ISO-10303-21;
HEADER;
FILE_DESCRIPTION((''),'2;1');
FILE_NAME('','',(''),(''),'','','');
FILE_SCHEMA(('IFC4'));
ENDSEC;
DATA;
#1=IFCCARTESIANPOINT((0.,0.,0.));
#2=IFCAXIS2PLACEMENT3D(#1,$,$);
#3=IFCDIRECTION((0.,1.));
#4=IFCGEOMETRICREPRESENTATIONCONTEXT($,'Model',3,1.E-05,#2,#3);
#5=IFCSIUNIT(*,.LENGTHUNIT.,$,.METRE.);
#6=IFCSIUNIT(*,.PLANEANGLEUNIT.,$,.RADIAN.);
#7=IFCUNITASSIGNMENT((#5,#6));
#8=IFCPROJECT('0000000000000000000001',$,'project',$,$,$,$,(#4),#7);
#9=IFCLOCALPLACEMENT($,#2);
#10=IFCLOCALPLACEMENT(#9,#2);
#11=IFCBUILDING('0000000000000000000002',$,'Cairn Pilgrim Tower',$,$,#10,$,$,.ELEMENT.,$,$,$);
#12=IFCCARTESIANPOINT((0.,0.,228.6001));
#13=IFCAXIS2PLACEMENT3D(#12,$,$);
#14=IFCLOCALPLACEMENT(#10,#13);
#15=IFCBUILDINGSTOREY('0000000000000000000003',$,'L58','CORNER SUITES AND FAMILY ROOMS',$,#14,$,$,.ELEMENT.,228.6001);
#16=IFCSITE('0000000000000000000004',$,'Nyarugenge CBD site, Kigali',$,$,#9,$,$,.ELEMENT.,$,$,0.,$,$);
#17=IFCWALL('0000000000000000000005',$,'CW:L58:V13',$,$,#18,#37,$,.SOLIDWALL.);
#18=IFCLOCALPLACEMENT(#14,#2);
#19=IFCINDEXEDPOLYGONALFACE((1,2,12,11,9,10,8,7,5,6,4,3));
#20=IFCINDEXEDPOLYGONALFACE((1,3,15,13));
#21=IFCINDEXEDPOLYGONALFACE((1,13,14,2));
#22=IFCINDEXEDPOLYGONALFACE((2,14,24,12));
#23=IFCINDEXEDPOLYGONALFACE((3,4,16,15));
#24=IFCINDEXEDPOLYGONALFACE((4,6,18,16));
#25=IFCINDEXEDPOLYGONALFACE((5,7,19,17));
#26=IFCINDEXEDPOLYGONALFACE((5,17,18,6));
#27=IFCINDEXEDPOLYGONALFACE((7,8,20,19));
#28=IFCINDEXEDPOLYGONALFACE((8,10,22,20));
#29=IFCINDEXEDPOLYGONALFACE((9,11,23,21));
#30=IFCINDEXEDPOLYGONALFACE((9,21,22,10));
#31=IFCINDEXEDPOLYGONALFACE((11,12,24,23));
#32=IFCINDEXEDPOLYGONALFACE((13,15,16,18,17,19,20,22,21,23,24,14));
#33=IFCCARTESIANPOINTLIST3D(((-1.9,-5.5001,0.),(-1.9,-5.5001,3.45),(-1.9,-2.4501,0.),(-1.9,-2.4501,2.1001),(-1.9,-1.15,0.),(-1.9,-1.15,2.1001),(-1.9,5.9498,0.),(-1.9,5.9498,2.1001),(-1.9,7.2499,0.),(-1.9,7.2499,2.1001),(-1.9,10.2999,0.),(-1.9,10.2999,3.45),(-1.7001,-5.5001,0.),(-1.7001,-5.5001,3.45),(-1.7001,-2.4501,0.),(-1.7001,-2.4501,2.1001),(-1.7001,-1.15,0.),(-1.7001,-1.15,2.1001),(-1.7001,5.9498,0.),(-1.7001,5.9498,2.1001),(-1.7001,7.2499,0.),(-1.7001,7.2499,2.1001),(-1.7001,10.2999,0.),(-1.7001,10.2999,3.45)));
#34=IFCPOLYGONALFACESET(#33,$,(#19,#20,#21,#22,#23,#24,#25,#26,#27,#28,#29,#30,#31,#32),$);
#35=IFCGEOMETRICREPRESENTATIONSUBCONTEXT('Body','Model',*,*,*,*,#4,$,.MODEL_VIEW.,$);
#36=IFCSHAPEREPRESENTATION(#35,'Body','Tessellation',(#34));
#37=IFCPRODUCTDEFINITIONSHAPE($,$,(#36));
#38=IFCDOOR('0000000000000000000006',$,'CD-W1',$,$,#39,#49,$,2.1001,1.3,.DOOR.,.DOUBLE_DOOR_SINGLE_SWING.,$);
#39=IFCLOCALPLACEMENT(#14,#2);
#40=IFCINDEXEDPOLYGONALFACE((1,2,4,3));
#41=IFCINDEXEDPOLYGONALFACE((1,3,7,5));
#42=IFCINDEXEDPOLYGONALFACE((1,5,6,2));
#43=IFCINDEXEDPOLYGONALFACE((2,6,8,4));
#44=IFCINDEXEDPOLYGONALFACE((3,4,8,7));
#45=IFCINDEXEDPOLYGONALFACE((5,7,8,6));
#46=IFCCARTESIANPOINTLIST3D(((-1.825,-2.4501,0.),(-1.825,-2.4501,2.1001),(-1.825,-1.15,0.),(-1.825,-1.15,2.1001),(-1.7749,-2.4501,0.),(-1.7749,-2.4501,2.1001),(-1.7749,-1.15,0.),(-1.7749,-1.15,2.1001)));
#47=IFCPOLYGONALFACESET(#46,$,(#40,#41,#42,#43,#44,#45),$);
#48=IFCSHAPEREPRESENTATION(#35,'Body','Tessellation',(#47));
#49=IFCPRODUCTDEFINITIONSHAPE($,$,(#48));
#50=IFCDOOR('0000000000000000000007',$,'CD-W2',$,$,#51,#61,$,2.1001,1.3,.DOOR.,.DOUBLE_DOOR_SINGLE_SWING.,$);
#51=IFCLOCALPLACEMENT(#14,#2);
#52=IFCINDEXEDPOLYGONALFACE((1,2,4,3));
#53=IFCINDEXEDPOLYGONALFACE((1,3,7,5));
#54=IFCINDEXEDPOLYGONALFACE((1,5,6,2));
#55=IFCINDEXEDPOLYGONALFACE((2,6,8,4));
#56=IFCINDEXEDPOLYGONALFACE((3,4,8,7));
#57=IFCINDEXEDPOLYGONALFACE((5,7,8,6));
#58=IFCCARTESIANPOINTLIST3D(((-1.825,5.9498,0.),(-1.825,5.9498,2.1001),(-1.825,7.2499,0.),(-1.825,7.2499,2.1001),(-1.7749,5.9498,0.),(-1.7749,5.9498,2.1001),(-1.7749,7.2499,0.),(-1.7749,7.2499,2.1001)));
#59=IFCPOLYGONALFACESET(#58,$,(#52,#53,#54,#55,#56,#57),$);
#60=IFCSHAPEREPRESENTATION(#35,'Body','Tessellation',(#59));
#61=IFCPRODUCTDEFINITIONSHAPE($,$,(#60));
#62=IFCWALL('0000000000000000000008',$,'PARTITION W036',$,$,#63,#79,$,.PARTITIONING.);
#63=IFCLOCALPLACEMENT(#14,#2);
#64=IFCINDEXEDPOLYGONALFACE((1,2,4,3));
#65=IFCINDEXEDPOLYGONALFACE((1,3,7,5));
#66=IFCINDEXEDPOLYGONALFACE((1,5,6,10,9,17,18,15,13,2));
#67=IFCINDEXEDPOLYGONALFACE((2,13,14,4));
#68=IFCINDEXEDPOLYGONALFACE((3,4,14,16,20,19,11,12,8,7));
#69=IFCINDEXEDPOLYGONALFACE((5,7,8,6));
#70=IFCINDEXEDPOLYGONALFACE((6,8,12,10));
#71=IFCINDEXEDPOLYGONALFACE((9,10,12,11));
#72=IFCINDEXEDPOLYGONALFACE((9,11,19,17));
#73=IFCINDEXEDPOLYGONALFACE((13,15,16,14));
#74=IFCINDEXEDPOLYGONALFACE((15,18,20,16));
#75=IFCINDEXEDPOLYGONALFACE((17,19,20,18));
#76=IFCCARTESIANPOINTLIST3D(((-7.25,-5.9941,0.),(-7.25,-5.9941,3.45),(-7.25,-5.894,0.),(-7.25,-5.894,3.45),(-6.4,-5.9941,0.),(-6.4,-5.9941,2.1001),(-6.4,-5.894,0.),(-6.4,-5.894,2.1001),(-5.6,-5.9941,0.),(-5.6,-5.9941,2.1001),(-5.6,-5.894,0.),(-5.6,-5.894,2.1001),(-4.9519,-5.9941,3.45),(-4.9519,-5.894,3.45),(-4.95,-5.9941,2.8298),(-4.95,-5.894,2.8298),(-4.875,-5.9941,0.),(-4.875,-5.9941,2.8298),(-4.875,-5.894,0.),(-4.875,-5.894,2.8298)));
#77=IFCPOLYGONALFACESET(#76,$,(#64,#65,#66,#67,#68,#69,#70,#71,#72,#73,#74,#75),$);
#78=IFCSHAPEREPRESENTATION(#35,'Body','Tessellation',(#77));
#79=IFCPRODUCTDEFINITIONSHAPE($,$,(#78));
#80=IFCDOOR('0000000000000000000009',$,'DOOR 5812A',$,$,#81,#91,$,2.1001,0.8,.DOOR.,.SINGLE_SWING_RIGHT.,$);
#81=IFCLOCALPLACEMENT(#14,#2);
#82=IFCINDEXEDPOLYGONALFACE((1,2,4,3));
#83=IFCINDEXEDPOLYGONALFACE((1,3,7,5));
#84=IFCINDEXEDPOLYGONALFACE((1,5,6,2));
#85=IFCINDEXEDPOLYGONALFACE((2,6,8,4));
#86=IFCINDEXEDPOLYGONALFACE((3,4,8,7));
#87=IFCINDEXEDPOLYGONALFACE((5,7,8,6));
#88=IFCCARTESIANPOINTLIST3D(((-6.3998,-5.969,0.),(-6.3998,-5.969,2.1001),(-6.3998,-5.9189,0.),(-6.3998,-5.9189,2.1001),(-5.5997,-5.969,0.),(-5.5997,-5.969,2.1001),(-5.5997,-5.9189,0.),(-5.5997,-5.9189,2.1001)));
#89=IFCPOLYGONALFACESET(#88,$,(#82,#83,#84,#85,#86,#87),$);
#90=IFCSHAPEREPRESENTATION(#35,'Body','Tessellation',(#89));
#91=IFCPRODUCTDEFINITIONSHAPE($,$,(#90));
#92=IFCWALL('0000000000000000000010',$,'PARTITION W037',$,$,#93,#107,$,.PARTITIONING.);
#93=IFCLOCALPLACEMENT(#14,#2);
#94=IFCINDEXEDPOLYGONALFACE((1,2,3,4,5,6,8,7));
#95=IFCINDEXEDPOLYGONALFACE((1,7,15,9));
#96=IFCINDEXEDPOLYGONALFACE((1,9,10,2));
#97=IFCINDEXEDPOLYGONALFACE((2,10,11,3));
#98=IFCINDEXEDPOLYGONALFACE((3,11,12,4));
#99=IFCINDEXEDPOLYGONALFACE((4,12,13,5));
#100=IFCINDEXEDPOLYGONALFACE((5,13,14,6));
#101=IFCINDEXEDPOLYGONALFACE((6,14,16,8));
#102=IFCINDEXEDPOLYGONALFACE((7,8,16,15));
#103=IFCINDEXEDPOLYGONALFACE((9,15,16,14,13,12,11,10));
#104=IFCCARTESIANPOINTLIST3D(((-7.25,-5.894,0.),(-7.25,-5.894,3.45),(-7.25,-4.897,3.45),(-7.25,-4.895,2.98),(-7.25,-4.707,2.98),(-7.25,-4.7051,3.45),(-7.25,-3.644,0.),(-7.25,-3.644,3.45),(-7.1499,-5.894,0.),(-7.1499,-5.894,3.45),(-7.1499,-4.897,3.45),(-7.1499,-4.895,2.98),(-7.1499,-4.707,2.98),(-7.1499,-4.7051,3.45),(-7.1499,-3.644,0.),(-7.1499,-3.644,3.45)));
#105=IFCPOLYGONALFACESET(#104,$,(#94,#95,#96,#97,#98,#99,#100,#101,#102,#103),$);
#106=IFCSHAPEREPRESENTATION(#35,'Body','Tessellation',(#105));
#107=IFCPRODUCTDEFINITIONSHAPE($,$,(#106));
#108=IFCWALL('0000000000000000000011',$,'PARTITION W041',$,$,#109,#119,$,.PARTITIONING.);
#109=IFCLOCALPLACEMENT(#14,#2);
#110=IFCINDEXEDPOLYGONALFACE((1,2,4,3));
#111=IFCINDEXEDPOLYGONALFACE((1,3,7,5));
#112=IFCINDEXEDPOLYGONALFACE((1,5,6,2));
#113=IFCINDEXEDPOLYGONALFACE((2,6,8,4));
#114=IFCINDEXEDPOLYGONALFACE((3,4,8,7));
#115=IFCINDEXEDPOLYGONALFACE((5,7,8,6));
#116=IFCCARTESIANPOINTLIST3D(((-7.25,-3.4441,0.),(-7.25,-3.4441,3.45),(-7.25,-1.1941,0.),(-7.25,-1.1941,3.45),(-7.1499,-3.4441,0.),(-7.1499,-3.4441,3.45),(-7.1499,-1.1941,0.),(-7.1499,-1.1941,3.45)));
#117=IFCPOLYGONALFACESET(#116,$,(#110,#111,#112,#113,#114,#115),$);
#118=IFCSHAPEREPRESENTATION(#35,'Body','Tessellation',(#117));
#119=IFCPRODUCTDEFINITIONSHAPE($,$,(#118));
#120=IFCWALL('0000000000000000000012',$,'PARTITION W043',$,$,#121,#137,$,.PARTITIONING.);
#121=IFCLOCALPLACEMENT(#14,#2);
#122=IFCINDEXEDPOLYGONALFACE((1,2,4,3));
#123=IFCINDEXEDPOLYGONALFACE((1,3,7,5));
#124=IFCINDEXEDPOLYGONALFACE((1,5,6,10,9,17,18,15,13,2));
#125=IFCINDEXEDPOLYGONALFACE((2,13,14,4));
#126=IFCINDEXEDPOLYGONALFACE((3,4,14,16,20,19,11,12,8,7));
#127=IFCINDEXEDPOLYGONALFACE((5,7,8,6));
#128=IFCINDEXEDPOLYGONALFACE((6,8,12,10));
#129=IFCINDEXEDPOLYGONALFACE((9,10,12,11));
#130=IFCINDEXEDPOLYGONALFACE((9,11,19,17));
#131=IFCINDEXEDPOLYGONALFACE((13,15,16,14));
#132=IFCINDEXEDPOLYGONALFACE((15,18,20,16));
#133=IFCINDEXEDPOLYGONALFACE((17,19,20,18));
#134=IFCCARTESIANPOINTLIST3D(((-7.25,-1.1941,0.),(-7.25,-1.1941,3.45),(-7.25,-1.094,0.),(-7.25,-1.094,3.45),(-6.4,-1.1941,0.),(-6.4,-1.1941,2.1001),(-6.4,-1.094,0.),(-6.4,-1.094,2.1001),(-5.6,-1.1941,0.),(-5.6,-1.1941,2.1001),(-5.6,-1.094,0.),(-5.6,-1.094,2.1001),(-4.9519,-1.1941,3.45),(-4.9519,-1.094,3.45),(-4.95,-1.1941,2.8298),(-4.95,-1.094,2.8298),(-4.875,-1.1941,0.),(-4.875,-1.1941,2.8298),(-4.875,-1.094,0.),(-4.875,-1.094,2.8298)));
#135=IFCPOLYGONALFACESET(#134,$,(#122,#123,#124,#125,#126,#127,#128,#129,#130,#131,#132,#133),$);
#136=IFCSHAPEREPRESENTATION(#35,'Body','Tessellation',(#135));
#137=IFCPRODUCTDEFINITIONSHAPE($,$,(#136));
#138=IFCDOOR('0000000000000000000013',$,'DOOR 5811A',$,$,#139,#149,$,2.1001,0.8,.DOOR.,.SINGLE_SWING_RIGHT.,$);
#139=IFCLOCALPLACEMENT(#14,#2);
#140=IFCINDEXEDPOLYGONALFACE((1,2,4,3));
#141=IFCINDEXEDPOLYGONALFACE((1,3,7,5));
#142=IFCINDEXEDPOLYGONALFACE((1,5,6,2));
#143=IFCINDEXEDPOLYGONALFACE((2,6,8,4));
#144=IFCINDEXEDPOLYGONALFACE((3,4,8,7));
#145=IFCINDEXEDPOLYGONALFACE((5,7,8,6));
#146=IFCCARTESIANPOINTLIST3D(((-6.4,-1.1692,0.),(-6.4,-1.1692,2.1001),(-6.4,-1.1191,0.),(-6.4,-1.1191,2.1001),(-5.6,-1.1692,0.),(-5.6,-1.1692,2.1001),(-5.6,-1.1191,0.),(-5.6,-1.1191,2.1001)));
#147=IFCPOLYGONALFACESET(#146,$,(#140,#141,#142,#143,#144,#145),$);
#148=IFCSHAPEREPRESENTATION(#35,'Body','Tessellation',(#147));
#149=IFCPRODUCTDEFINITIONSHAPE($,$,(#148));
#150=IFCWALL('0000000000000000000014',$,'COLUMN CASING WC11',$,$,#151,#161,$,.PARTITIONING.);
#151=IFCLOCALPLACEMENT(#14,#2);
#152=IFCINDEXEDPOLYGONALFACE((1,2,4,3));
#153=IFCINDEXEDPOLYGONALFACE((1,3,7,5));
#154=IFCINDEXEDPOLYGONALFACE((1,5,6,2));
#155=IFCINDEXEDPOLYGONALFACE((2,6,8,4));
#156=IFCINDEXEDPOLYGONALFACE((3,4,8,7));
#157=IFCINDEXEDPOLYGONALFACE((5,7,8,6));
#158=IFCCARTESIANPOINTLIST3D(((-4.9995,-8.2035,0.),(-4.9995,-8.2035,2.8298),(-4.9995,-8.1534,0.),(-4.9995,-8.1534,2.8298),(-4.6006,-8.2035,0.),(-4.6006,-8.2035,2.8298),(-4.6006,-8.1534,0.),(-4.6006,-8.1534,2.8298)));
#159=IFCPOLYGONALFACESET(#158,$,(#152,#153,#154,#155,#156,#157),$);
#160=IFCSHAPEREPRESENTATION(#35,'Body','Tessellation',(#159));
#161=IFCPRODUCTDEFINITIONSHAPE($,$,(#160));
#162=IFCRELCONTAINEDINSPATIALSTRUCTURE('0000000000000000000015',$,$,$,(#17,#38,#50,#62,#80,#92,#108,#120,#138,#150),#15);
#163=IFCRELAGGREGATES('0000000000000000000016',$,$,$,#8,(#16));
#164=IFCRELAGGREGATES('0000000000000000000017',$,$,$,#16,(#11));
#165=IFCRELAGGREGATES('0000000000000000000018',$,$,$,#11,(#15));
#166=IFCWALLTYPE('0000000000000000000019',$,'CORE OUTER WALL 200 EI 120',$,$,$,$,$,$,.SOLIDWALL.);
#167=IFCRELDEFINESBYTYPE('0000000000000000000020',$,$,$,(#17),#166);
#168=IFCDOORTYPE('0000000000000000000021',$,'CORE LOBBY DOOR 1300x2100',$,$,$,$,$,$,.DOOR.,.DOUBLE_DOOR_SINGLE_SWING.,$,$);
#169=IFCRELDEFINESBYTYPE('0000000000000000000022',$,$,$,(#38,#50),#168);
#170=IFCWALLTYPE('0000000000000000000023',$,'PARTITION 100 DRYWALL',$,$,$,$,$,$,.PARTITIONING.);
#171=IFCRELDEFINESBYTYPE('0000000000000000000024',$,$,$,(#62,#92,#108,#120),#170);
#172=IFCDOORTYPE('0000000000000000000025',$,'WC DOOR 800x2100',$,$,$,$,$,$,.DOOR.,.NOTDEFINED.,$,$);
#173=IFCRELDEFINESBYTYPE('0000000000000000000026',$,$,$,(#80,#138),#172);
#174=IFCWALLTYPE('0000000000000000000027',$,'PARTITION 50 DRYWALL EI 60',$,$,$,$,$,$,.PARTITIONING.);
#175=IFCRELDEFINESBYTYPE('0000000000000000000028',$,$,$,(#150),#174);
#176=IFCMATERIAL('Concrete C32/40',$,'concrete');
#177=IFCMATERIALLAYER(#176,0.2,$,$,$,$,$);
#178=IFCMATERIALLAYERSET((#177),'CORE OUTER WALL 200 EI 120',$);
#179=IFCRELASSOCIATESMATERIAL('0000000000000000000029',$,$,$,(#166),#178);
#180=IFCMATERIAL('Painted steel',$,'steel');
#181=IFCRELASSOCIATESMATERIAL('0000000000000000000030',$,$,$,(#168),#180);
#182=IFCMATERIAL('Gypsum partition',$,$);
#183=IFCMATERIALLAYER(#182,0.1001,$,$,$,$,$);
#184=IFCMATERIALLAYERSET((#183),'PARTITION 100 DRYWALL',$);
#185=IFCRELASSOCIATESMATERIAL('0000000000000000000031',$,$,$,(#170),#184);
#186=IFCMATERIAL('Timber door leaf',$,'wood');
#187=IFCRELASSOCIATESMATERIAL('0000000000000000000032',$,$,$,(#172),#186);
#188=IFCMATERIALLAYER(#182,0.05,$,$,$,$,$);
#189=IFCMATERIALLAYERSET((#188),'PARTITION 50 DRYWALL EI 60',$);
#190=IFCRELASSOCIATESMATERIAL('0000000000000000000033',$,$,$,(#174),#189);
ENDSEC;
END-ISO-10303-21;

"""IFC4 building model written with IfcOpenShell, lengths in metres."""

from ifc_helpers import new_model, si_unit, direction, frame, frame_2d, origin, place, context, subcontext, project, spatial, polyline, rectangle, outline, extrude, material, layer, layer_set, type_object, element, fill, save


model = new_model("IFC4")

# Units and contexts
model_context = context("Model", 3, precision=1e-05, world=origin(), true_north=direction((0.0, 1.0)))
body_context = subcontext(model_context, "Body", "Model", "MODEL_VIEW")
ifc_project = project(units=[si_unit("LENGTHUNIT", "METRE"), si_unit("PLANEANGLEUNIT", "RADIAN")], contexts=[model_context])

# Site, building, storey
site_placement = place(None, origin())
site = spatial("IfcSite", under=ifc_project, at=site_placement, Name="Nyarugenge CBD site, Kigali", CompositionType="ELEMENT", RefElevation=0.0)
building_placement = place(site_placement, origin())
building = spatial("IfcBuilding", under=site, at=building_placement, Name="Cairn Pilgrim Tower", CompositionType="ELEMENT")
storey_placement = place(building_placement, frame((0.0, 0.0, 228.6001)))
storey = spatial("IfcBuildingStorey", under=building, at=storey_placement, Name="L58", Description="CORNER SUITES AND FAMILY ROOMS", CompositionType="ELEMENT", Elevation=228.6001)

# Shared definitions
ifc_material_1 = material(Name="Concrete C32/40", Category="concrete")
ifc_layer_1 = layer(ifc_material_1, 0.2)
ifc_layer_set_1 = layer_set([ifc_layer_1], Name="CORE OUTER WALL 200 EI 120")
wall_type_1 = type_object("IfcWallType", Name="CORE OUTER WALL 200 EI 120", PredefinedType="SOLIDWALL", material=ifc_layer_set_1)

# Wall, openings, doors
wall_1_placement = place(storey_placement, frame((-1.8, -5.5, 0.0), z_axis=(0.0, 0.0, 1.0), x_axis=(0.0, 1.0, 0.0)))
wall_1 = element("IfcWall", 1, at=wall_1_placement, inside=storey, type_object=wall_type_1, Name="CW:L58:V13", PredefinedType="SOLIDWALL", context=body_context, shape_type="SweptSolid", body=[
    extrude(rectangle(XDim=15.8, YDim=0.2, at=frame_2d((7.8999, 0.0))), origin(), (0.0, 0.0, 1.0), 3.45),
])
opening_1_placement = place(wall_1_placement, frame((3.05, 0.0, 0.0)))
opening_1 = element("IfcOpeningElement", 2, at=opening_1_placement, cuts=wall_1, PredefinedType="OPENING", context=body_context, shape_type="SweptSolid", body=[
    extrude(rectangle(XDim=1.3, YDim=2.1001, at=frame_2d((0.6499, 1.05))), frame((0.0, 0.1099, 0.0), z_axis=(0.0, -1.0, 0.0), x_axis=(1.0, 0.0, 0.0)), (0.0, 0.0, 1.0), 0.22),
])
opening_2_placement = place(wall_1_placement, frame((11.45, 0.0, 0.0)))
opening_2 = element("IfcOpeningElement", 3, at=opening_2_placement, cuts=wall_1, PredefinedType="OPENING", context=body_context, shape_type="SweptSolid", body=[
    extrude(rectangle(XDim=1.3, YDim=2.1001, at=frame_2d((0.6499, 1.05))), frame((0.0, 0.1099, 0.0), z_axis=(0.0, -1.0, 0.0), x_axis=(1.0, 0.0, 0.0)), (0.0, 0.0, 1.0), 0.22),
])
ifc_material_2 = material(Name="Painted steel", Category="steel")
door_type_1 = type_object("IfcDoorType", Name="CORE LOBBY DOOR 1300x2100", OperationType="DOUBLE_DOOR_SINGLE_SWING", PredefinedType="DOOR", material=ifc_material_2)
door_1_placement = place(opening_1_placement, origin())
door_1 = element("IfcDoor", 4, at=door_1_placement, inside=storey, type_object=door_type_1, Name="CD-W1", OperationType="DOUBLE_DOOR_SINGLE_SWING", OverallHeight=2.1001, OverallWidth=1.3, PredefinedType="DOOR", context=body_context, shape_type="SweptSolid", body=[
    extrude(rectangle(XDim=1.3, YDim=2.1001, at=frame_2d((0.6499, 1.05))), frame((0.0, 0.0249, 0.0), z_axis=(0.0, -1.0, 0.0), x_axis=(1.0, 0.0, 0.0)), (0.0, 0.0, 1.0), 0.05),
])
fill(opening_1, door_1)
door_2_placement = place(opening_2_placement, origin())
door_2 = element("IfcDoor", 5, at=door_2_placement, inside=storey, type_object=door_type_1, Name="CD-W2", OperationType="DOUBLE_DOOR_SINGLE_SWING", OverallHeight=2.1001, OverallWidth=1.3, PredefinedType="DOOR", context=body_context, shape_type="SweptSolid", body=[
    extrude(rectangle(XDim=1.3, YDim=2.1001, at=frame_2d((0.6499, 1.05))), frame((0.0, 0.0249, 0.0), z_axis=(0.0, -1.0, 0.0), x_axis=(1.0, 0.0, 0.0)), (0.0, 0.0, 1.0), 0.05),
])
fill(opening_2, door_2)

# Wall, opening, door
ifc_material_3 = material(Name="Gypsum partition")
ifc_layer_2 = layer(ifc_material_3, 0.1001)
ifc_layer_set_2 = layer_set([ifc_layer_2], Name="PARTITION 100 DRYWALL")
wall_type_2 = type_object("IfcWallType", Name="PARTITION 100 DRYWALL", PredefinedType="PARTITIONING", material=ifc_layer_set_2)
wall_2_placement = place(storey_placement, frame((-7.25, -5.9441, 0.0), z_axis=(0.0, 0.0, 1.0), x_axis=(1.0, 0.0, 0.0)))
wall_2 = element("IfcWall", 6, at=wall_2_placement, inside=storey, type_object=wall_type_2, Name="PARTITION W036", PredefinedType="PARTITIONING", context=body_context, shape_type="SweptSolid", body=[
    extrude(outline(polyline([(0.0, 0.0), (2.375, 0.0), (2.375, 2.8298), (2.3, 2.8298), (2.2981, 3.45), (0.0, 3.45), (0.0, 0.0)])), frame((0.0, 0.05, 0.0), z_axis=(0.0, -1.0, 0.0), x_axis=(1.0, 0.0, 0.0)), (0.0, 0.0, 1.0), 0.1001),
])
opening_3_placement = place(wall_2_placement, frame((0.8501, 0.0, 0.0)))
opening_3 = element("IfcOpeningElement", 7, at=opening_3_placement, cuts=wall_2, PredefinedType="OPENING", context=body_context, shape_type="SweptSolid", body=[
    extrude(rectangle(XDim=0.8, YDim=2.1001, at=frame_2d((0.3999, 1.05))), frame((0.0, 0.0601, 0.0), z_axis=(0.0, -1.0, 0.0), x_axis=(1.0, 0.0, 0.0)), (0.0, 0.0, 1.0), 0.1201),
])
ifc_material_4 = material(Name="Timber door leaf", Category="wood")
door_type_2 = type_object("IfcDoorType", Name="WC DOOR 800x2100", OperationType="NOTDEFINED", PredefinedType="DOOR", material=ifc_material_4)
door_3_placement = place(opening_3_placement, frame((0.8, 0.0, 0.0), z_axis=(0.0, 0.0, 1.0), x_axis=(-1.0, 0.0, 0.0)))
door_3 = element("IfcDoor", 8, at=door_3_placement, inside=storey, type_object=door_type_2, Name="DOOR 5812A", OperationType="SINGLE_SWING_RIGHT", OverallHeight=2.1001, OverallWidth=0.8, PredefinedType="DOOR", context=body_context, shape_type="SweptSolid", body=[
    extrude(rectangle(XDim=0.8, YDim=2.1001, at=frame_2d((0.3999, 1.05))), frame((0.0, 0.0249, 0.0), z_axis=(0.0, -1.0, 0.0), x_axis=(1.0, 0.0, 0.0)), (0.0, 0.0, 1.0), 0.05),
])
fill(opening_3, door_3)

# Walls
wall_3_placement = place(storey_placement, frame((-7.2, -5.894, 0.0), z_axis=(0.0, 0.0, 1.0), x_axis=(0.0, 1.0, 0.0)))
element("IfcWall", 9, at=wall_3_placement, inside=storey, type_object=wall_type_2, Name="PARTITION W037", PredefinedType="PARTITIONING", context=body_context, shape_type="SweptSolid", body=[
    extrude(outline(polyline([(0.0, 0.0), (2.25, 0.0), (2.25, 3.45), (1.189, 3.45), (1.187, 2.98), (0.999, 2.98), (0.9971, 3.45), (0.0, 3.45), (0.0, 0.0)])), frame((0.0, 0.05, 0.0), z_axis=(0.0, -1.0, 0.0), x_axis=(1.0, 0.0, 0.0)), (0.0, 0.0, 1.0), 0.1001),
])
wall_4_placement = place(storey_placement, frame((-7.2, -3.4441, 0.0), z_axis=(0.0, 0.0, 1.0), x_axis=(0.0, 1.0, 0.0)))
element("IfcWall", 10, at=wall_4_placement, inside=storey, type_object=wall_type_2, Name="PARTITION W041", PredefinedType="PARTITIONING", context=body_context, shape_type="SweptSolid", body=[
    extrude(rectangle(XDim=2.25, YDim=0.1001, at=frame_2d((1.125, 0.0))), origin(), (0.0, 0.0, 1.0), 3.45),
])

# Wall, opening, door
wall_5_placement = place(storey_placement, frame((-7.25, -1.144, 0.0), z_axis=(0.0, 0.0, 1.0), x_axis=(1.0, 0.0, 0.0)))
wall_5 = element("IfcWall", 11, at=wall_5_placement, inside=storey, type_object=wall_type_2, Name="PARTITION W043", PredefinedType="PARTITIONING", context=body_context, shape_type="SweptSolid", body=[
    extrude(outline(polyline([(0.0, 0.0), (2.375, 0.0), (2.375, 2.8298), (2.3, 2.8298), (2.2981, 3.45), (0.0, 3.45), (0.0, 0.0)])), frame((0.0, 0.05, 0.0), z_axis=(0.0, -1.0, 0.0), x_axis=(1.0, 0.0, 0.0)), (0.0, 0.0, 1.0), 0.1001),
])
opening_4_placement = place(wall_5_placement, frame((0.8501, 0.0, 0.0)))
opening_4 = element("IfcOpeningElement", 12, at=opening_4_placement, cuts=wall_5, PredefinedType="OPENING", context=body_context, shape_type="SweptSolid", body=[
    extrude(rectangle(XDim=0.8, YDim=2.1001, at=frame_2d((0.3999, 1.05))), frame((0.0, 0.0601, 0.0), z_axis=(0.0, -1.0, 0.0), x_axis=(1.0, 0.0, 0.0)), (0.0, 0.0, 1.0), 0.1201),
])
door_4_placement = place(opening_4_placement, origin())
door_4 = element("IfcDoor", 13, at=door_4_placement, inside=storey, type_object=door_type_2, Name="DOOR 5811A", OperationType="SINGLE_SWING_RIGHT", OverallHeight=2.1001, OverallWidth=0.8, PredefinedType="DOOR", context=body_context, shape_type="SweptSolid", body=[
    extrude(rectangle(XDim=0.8, YDim=2.1001, at=frame_2d((0.3999, 1.05))), frame((0.0, 0.0249, 0.0), z_axis=(0.0, -1.0, 0.0), x_axis=(1.0, 0.0, 0.0)), (0.0, 0.0, 1.0), 0.05),
])
fill(opening_4, door_4)

# Wall
ifc_layer_3 = layer(ifc_material_3, 0.05)
ifc_layer_set_3 = layer_set([ifc_layer_3], Name="PARTITION 50 DRYWALL EI 60")
wall_type_3 = type_object("IfcWallType", Name="PARTITION 50 DRYWALL EI 60", PredefinedType="PARTITIONING", material=ifc_layer_set_3)
wall_6_placement = place(storey_placement, frame((-4.9995, -8.1785, 0.0), z_axis=(0.0, 0.0, 1.0), x_axis=(1.0, 0.0, 0.0)))
element("IfcWall", 14, at=wall_6_placement, inside=storey, type_object=wall_type_3, Name="COLUMN CASING WC11", PredefinedType="PARTITIONING", context=body_context, shape_type="SweptSolid", body=[
    extrude(rectangle(XDim=0.3989, YDim=0.05, at=frame_2d((0.1995, 0.0))), origin(), (0.0, 0.0, 1.0), 2.8298),
])

save(model, "model.ifc")
